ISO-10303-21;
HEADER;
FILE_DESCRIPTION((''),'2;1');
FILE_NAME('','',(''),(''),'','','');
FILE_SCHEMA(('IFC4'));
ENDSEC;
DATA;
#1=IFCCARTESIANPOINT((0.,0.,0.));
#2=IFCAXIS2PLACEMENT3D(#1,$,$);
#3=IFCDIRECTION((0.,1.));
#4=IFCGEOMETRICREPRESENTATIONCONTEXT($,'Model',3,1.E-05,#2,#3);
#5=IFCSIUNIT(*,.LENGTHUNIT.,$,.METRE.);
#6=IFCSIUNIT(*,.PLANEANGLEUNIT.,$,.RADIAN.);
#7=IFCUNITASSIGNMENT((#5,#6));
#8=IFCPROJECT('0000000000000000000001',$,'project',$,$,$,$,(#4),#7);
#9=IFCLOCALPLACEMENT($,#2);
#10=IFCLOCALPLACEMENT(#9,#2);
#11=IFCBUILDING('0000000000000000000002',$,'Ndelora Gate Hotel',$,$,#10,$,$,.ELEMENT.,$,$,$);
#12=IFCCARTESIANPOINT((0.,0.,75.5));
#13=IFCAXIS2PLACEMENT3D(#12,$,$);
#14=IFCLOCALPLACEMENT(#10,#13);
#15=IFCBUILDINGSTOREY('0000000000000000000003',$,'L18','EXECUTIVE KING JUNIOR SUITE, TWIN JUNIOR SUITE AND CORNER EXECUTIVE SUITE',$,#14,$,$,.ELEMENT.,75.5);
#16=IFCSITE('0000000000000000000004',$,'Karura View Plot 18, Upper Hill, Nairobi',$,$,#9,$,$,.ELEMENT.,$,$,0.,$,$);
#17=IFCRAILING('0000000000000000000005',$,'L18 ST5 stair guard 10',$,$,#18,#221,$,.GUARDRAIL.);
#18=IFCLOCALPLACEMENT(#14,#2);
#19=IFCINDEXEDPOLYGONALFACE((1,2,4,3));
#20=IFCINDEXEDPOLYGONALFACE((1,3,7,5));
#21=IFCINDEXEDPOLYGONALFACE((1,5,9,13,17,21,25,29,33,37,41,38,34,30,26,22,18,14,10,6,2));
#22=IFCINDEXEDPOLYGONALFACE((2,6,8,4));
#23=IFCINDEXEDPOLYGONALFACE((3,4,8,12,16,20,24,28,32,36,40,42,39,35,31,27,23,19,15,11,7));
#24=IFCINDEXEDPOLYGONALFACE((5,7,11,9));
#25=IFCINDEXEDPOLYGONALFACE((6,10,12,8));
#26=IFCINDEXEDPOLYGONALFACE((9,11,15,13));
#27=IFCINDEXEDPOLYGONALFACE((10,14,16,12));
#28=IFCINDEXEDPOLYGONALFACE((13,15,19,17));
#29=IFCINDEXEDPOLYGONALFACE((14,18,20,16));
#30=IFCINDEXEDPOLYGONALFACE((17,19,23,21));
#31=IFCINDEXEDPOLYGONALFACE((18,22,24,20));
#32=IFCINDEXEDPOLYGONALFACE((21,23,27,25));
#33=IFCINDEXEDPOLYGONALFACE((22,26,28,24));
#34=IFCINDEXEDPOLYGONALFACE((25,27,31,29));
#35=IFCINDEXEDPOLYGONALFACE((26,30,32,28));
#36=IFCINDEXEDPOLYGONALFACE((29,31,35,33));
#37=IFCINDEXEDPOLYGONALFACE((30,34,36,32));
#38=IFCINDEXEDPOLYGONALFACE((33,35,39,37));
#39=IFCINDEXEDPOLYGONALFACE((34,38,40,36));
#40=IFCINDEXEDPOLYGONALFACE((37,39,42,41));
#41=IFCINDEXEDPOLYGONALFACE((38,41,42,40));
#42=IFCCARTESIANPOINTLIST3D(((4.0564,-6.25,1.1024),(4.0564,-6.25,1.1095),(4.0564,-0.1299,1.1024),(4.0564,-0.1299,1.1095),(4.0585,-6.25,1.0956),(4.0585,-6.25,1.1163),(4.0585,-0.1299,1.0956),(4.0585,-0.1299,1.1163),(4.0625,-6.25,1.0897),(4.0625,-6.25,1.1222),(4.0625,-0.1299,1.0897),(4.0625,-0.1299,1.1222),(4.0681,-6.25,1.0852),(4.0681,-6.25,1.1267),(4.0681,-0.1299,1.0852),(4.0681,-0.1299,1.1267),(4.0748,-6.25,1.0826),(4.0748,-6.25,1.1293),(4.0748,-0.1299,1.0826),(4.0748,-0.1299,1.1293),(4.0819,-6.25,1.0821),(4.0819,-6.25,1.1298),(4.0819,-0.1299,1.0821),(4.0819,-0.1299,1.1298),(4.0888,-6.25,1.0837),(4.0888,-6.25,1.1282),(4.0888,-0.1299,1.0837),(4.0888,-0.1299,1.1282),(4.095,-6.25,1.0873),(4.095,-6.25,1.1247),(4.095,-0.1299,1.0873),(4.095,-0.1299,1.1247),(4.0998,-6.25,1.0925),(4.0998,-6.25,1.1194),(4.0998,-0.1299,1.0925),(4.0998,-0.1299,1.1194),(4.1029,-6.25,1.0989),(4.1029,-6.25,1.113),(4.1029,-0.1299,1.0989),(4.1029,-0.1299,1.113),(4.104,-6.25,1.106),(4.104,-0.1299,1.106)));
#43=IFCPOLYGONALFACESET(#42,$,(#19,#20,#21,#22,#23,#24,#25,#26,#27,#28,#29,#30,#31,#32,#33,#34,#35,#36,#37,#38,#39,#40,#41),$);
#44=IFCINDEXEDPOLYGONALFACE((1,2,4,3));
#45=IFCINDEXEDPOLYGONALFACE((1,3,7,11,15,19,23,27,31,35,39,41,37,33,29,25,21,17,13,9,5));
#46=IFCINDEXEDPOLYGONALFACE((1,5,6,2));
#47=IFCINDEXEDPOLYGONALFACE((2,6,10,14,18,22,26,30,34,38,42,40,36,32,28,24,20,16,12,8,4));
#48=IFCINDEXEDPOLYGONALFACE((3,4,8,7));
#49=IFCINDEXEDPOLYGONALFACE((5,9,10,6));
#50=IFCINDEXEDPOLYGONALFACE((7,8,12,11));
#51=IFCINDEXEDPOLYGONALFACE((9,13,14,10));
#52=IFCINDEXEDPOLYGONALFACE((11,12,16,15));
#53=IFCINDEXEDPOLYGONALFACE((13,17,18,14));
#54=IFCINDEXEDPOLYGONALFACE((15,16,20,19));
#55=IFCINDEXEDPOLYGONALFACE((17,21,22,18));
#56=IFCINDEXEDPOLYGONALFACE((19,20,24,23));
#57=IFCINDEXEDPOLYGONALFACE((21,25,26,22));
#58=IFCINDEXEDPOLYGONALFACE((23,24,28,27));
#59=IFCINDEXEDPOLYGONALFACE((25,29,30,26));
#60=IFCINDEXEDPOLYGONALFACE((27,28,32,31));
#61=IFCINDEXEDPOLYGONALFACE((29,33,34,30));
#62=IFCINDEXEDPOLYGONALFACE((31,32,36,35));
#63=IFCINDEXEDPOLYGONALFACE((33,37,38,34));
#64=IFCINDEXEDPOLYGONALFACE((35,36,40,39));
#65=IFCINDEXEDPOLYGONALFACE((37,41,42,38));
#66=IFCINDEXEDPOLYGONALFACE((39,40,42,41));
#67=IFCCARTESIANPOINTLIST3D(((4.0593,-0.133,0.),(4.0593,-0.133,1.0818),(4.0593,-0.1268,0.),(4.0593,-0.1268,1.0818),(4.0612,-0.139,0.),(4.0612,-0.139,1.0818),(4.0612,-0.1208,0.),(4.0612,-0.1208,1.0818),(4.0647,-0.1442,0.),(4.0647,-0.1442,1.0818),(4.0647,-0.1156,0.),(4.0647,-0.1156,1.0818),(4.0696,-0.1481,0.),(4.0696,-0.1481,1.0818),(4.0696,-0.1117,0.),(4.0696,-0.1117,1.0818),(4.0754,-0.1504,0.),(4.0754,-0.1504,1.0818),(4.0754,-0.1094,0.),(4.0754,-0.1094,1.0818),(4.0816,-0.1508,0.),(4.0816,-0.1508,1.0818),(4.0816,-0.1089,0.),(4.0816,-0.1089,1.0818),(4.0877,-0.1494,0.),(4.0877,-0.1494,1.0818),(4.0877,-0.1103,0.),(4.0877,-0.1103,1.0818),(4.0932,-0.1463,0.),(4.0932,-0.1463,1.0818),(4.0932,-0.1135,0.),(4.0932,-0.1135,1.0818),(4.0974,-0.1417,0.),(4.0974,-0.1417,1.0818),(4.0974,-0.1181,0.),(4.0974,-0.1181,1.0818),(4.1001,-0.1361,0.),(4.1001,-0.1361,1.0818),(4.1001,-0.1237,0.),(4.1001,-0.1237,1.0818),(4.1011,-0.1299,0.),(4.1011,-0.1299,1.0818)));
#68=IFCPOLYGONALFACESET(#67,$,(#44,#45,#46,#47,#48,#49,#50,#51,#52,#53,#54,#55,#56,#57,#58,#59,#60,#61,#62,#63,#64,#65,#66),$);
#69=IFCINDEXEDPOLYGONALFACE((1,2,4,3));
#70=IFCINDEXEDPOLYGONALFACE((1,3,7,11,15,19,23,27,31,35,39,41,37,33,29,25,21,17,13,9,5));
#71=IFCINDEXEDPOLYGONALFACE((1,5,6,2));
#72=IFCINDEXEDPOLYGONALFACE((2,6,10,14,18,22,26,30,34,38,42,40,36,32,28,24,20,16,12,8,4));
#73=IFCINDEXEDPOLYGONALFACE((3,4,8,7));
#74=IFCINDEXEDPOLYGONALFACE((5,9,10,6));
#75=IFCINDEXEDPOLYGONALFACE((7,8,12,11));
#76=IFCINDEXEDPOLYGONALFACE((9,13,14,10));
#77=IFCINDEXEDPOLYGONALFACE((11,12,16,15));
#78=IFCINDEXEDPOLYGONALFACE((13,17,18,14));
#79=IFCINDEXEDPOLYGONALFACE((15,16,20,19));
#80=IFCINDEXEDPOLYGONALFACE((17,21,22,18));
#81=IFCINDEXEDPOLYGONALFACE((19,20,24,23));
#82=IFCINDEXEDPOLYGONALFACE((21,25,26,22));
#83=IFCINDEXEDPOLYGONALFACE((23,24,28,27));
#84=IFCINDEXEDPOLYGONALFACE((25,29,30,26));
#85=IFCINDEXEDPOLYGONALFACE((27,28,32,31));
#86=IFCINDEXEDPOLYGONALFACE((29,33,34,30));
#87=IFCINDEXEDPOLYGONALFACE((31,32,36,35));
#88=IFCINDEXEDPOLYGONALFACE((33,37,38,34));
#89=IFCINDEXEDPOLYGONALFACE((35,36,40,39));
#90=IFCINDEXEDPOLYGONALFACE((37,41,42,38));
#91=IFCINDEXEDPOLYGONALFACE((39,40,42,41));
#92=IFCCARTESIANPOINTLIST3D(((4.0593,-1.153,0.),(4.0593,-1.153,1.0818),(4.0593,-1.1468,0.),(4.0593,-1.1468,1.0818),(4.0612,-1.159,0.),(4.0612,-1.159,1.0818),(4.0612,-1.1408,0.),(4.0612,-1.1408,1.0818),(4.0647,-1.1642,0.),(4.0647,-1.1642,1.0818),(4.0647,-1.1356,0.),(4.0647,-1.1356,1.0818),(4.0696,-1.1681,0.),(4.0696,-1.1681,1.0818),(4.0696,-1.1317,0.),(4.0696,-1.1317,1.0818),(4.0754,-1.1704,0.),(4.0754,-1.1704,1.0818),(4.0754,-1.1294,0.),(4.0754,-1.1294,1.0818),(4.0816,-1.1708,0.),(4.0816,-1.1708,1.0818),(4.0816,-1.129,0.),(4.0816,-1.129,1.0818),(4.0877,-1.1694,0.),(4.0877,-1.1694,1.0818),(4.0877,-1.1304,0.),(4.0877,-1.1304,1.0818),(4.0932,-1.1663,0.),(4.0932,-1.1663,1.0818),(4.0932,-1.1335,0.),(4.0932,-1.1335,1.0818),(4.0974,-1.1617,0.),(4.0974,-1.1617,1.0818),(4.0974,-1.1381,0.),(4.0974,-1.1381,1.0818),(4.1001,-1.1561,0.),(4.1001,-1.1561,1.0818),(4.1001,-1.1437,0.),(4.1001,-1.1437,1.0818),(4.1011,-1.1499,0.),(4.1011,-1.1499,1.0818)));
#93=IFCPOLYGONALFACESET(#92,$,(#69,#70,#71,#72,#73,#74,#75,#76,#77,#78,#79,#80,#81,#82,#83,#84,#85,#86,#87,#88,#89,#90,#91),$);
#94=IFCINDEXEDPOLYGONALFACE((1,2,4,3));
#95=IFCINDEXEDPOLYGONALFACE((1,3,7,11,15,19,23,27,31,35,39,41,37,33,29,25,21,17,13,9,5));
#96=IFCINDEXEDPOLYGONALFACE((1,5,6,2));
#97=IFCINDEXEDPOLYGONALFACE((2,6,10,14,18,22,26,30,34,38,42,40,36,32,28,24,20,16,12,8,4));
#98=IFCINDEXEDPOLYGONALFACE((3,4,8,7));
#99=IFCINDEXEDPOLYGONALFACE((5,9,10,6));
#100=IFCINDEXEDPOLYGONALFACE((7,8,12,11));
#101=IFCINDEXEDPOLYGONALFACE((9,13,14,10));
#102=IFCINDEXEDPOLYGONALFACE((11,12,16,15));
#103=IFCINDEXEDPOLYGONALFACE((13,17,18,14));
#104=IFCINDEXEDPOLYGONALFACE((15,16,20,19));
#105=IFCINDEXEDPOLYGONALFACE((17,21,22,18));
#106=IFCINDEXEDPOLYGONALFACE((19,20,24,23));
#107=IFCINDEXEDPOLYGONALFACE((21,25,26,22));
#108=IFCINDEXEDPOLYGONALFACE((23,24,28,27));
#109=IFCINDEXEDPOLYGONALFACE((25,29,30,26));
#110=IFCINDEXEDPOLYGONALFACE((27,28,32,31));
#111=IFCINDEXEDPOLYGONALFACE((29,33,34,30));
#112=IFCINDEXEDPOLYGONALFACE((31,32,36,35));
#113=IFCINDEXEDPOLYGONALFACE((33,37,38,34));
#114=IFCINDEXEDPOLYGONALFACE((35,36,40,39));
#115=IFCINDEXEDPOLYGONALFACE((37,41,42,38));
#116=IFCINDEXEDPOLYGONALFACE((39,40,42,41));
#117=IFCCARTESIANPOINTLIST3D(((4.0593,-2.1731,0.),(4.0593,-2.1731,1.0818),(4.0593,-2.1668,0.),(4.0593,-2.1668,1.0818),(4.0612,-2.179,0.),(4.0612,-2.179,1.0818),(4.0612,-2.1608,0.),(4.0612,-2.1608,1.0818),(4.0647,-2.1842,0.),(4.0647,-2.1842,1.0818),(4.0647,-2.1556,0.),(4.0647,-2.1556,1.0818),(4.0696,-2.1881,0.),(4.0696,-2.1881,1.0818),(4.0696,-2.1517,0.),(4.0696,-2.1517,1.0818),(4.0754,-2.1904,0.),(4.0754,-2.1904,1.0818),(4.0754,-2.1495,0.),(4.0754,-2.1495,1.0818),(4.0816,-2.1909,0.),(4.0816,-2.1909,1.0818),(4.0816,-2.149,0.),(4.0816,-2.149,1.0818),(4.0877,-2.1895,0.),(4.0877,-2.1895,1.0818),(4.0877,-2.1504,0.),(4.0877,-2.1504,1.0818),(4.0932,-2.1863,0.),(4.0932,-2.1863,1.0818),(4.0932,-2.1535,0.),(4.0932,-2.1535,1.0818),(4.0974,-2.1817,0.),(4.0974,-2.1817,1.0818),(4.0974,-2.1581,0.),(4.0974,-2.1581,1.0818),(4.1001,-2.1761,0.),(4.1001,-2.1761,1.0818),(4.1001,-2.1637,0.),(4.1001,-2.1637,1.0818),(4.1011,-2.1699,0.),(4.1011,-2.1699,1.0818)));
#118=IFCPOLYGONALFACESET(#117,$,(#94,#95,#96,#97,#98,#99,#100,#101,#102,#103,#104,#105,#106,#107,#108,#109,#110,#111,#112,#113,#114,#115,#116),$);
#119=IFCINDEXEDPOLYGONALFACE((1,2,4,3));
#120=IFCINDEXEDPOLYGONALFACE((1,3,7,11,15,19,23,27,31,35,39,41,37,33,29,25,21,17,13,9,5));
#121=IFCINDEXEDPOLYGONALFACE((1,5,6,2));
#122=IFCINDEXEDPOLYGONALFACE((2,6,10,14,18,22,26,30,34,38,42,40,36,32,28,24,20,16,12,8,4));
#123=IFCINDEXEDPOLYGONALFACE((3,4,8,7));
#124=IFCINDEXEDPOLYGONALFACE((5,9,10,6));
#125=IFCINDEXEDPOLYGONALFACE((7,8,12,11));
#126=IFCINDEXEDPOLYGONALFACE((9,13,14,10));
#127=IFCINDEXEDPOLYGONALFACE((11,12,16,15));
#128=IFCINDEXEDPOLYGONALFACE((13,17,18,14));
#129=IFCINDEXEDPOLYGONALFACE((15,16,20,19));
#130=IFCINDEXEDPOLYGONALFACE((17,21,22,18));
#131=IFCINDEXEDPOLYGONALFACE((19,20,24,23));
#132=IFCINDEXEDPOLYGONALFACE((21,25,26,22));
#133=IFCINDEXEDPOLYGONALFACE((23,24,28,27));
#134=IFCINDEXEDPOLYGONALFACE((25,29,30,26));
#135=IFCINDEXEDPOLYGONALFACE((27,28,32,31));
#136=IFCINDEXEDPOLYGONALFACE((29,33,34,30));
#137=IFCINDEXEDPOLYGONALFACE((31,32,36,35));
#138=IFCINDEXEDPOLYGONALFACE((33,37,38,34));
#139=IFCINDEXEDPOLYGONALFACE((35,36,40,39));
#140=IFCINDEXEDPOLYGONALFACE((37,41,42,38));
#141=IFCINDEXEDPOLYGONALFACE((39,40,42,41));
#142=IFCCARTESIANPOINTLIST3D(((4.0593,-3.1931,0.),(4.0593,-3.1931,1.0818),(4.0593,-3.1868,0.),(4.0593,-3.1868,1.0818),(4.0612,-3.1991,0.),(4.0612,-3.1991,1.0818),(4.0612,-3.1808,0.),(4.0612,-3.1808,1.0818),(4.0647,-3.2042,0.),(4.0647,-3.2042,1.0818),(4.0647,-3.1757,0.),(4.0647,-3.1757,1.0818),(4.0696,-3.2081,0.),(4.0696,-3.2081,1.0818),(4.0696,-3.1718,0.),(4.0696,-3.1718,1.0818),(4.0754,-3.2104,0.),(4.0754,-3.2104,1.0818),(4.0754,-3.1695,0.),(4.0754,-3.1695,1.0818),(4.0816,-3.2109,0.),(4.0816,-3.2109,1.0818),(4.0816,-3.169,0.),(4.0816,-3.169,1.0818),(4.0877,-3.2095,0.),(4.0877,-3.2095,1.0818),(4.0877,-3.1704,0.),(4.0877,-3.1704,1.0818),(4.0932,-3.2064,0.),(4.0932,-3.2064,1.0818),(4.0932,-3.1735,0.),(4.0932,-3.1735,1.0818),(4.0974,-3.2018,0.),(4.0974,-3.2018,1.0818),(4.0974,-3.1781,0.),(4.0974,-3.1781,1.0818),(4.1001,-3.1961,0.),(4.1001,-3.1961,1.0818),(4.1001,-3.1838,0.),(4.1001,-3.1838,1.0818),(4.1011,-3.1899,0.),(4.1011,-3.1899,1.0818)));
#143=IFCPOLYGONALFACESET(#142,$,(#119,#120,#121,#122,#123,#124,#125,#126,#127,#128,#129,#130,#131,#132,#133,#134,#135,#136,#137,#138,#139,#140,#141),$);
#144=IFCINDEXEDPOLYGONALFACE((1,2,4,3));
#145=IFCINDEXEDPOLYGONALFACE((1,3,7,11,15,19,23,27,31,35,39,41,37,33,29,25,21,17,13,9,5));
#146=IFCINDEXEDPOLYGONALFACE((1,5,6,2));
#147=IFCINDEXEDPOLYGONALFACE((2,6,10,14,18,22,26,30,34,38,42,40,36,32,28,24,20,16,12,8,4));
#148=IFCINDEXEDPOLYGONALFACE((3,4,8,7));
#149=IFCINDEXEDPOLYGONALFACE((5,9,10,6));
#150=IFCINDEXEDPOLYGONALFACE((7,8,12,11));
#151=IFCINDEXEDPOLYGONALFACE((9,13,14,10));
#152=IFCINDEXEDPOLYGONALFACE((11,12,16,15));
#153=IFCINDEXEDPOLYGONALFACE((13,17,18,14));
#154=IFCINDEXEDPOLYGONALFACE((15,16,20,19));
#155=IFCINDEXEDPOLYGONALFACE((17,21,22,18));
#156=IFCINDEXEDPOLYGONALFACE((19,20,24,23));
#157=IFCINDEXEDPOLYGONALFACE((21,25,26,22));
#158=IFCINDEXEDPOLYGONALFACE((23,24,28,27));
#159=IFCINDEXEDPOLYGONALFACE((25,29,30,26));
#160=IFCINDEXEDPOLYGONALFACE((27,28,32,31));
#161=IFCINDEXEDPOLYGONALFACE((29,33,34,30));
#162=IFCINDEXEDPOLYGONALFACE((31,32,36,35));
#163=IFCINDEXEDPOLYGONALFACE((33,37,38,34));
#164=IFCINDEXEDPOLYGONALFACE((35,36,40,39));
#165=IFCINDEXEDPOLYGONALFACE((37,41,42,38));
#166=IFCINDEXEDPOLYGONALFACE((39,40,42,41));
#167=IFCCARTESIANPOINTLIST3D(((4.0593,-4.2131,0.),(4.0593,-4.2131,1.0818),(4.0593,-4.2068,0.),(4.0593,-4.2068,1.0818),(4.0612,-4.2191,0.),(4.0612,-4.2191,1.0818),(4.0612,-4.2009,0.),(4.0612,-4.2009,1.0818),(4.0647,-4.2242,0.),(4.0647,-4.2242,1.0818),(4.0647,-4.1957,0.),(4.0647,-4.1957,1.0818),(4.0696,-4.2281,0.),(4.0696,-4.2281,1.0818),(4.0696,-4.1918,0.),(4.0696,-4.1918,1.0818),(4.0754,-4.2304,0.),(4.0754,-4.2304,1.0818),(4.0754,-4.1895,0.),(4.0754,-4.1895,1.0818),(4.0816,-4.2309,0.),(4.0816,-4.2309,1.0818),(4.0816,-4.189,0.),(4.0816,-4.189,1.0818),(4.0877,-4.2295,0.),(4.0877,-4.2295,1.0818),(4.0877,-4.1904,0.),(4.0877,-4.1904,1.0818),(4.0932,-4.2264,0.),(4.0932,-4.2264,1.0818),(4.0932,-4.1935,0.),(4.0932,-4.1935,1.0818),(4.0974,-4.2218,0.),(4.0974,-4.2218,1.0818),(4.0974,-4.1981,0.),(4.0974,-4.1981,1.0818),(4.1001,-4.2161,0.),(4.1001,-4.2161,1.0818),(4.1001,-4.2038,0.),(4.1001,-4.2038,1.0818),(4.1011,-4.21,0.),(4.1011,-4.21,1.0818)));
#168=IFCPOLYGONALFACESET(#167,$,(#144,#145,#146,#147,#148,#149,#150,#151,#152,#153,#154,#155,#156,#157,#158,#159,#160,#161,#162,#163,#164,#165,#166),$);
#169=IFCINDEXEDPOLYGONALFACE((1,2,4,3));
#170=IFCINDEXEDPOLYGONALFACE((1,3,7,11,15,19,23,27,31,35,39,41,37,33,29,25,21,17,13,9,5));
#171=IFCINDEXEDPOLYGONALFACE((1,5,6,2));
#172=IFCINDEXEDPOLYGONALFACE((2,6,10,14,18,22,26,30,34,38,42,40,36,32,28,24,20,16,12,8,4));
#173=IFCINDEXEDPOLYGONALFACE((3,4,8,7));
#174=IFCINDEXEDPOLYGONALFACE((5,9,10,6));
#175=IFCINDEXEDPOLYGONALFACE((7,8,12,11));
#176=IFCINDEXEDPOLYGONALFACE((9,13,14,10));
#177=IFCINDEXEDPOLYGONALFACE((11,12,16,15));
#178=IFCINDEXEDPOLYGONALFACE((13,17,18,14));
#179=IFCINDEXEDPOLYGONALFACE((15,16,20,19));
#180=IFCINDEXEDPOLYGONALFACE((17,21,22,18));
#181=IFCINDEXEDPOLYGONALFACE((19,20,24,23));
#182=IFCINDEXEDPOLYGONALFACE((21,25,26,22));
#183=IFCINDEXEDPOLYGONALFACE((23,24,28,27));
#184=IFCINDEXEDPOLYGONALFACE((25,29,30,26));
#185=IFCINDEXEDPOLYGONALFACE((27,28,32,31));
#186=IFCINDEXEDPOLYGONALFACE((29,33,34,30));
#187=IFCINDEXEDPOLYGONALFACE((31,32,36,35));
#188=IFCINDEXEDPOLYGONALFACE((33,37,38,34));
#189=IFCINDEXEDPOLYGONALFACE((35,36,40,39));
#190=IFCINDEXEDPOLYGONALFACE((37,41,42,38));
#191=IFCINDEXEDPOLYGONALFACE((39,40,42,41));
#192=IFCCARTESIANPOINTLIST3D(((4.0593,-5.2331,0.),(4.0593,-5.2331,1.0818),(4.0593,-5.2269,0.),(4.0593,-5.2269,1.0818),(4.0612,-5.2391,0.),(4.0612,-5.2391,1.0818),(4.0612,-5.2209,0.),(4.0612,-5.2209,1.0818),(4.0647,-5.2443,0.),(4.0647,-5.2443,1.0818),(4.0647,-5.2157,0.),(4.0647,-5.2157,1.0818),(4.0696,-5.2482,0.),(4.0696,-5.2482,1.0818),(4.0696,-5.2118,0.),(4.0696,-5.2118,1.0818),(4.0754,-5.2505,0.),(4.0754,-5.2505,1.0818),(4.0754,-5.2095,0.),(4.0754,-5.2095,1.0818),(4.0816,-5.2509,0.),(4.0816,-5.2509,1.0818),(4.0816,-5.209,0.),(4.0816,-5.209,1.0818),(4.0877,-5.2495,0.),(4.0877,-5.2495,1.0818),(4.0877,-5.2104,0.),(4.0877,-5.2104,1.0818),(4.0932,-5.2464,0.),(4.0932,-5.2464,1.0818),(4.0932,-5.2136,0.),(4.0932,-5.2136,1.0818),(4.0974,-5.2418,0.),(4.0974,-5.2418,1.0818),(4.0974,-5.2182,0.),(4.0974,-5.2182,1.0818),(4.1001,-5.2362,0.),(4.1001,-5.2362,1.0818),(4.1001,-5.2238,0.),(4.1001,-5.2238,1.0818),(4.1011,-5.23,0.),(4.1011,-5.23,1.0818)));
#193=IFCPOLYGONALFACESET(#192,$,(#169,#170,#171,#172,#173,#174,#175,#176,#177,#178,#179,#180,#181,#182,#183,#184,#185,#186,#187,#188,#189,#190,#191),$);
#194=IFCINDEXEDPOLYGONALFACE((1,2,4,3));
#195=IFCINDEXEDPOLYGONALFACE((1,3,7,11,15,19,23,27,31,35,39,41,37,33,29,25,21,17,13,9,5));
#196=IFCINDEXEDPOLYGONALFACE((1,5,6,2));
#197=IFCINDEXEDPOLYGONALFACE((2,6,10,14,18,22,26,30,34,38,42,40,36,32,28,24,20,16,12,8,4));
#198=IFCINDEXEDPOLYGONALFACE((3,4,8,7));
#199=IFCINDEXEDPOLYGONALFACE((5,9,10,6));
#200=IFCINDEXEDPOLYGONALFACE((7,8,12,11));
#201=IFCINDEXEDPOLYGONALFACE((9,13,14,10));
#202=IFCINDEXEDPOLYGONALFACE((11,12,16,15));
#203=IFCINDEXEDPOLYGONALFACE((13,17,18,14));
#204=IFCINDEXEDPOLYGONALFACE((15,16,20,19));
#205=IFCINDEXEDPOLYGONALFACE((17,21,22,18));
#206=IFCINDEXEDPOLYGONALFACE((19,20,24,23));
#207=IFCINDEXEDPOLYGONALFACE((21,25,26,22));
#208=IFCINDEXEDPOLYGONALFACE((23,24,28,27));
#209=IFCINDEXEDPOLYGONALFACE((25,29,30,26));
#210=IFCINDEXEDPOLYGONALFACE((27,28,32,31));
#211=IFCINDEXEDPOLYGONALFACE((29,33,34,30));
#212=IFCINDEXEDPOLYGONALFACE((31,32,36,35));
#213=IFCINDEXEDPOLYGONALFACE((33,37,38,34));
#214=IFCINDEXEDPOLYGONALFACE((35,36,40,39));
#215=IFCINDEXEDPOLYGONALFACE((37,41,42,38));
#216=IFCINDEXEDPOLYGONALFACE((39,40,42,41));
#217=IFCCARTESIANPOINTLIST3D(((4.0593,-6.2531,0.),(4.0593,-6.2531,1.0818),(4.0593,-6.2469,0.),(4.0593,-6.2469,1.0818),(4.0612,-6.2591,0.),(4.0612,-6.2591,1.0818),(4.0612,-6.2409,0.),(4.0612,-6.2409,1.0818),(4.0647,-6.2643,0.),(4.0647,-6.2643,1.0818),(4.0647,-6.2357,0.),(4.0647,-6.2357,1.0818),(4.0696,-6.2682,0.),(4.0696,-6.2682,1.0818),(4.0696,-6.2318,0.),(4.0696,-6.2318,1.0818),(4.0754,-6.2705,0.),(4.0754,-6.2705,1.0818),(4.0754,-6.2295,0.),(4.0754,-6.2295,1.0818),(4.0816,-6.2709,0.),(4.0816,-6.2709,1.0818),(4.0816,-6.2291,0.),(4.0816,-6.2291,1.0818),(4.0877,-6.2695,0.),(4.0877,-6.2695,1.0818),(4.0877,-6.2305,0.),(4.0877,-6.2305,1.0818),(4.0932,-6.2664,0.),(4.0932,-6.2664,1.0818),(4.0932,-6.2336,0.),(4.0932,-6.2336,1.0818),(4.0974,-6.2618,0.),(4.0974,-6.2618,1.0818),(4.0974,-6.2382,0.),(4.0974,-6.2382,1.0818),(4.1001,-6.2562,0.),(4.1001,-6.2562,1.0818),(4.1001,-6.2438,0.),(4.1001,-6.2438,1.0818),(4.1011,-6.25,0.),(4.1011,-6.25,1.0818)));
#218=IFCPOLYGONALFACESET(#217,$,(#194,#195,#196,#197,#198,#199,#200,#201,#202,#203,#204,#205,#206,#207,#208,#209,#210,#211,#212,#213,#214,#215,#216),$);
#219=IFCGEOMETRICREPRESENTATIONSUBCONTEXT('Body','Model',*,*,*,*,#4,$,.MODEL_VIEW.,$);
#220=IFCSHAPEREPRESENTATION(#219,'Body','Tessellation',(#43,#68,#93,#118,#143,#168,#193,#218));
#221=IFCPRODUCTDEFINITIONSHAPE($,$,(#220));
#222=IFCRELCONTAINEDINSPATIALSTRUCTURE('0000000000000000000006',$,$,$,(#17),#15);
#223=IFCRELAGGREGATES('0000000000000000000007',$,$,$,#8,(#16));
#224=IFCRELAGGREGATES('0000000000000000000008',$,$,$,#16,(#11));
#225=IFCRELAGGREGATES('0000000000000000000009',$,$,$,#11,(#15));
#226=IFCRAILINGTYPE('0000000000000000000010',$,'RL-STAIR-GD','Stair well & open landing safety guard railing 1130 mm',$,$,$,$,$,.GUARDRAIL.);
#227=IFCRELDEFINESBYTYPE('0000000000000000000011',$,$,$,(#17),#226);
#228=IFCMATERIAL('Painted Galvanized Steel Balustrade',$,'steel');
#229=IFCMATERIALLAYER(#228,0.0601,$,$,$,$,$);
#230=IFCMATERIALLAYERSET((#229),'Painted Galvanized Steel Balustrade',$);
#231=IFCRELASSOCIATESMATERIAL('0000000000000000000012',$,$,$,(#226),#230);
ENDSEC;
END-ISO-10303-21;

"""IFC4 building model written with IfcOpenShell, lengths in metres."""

from ifc_helpers import new_model, si_unit, direction, frame, origin, origin_2d, place, context, subcontext, project, spatial, circle, extrude, material, layer, layer_set, type_object, element, save


model = new_model("IFC4")

# Units and contexts
model_context = context("Model", 3, precision=1e-05, world=origin(), true_north=direction((0.0, 1.0)))
body_context = subcontext(model_context, "Body", "Model", "MODEL_VIEW")
ifc_project = project(units=[si_unit("LENGTHUNIT", "METRE"), si_unit("PLANEANGLEUNIT", "RADIAN")], contexts=[model_context])

# Site, building, storey
site_placement = place(None, origin())
site = spatial("IfcSite", under=ifc_project, at=site_placement, Name="Karura View Plot 18, Upper Hill, Nairobi", CompositionType="ELEMENT", RefElevation=0.0)
building_placement = place(site_placement, origin())
building = spatial("IfcBuilding", under=site, at=building_placement, Name="Ndelora Gate Hotel", CompositionType="ELEMENT")
storey_placement = place(building_placement, frame((0.0, 0.0, 75.5)))
storey = spatial("IfcBuildingStorey", under=building, at=storey_placement, Name="L18", Description="EXECUTIVE KING JUNIOR SUITE, TWIN JUNIOR SUITE AND CORNER EXECUTIVE SUITE", CompositionType="ELEMENT", Elevation=75.5)

# Railing
ifc_material_1 = material(Name="Painted Galvanized Steel Balustrade", Category="steel")
ifc_layer_1 = layer(ifc_material_1, 0.0601)
ifc_layer_set_1 = layer_set([ifc_layer_1], Name="Painted Galvanized Steel Balustrade")
railing_type_1 = type_object("IfcRailingType", Name="RL-STAIR-GD", Description="Stair well & open landing safety guard railing 1130 mm", PredefinedType="GUARDRAIL", material=ifc_layer_set_1)
railing_1_placement = place(storey_placement, frame((4.0801, -0.1299, 0.0)))
element("IfcRailing", 1, at=railing_1_placement, inside=storey, type_object=railing_type_1, Name="L18 ST5 stair guard 10", PredefinedType="GUARDRAIL", context=body_context, shape_type="SweptSolid", body=[
    extrude(circle(Radius=0.0239, at=origin_2d()), frame((0.0, 0.0, 1.106), z_axis=(0.0, -1.0, 0.0), x_axis=(1.0, 0.0, 0.0)), (0.0, 0.0, 1.0), 6.1201),
    extrude(circle(Radius=0.021, at=origin_2d()), origin(), (0.0, 0.0, 1.0), 1.0818),
    extrude(circle(Radius=0.021, at=origin_2d()), frame((0.0, -1.02, 0.0)), (0.0, 0.0, 1.0), 1.0818),
    extrude(circle(Radius=0.021, at=origin_2d()), frame((0.0, -2.04, 0.0)), (0.0, 0.0, 1.0), 1.0818),
    extrude(circle(Radius=0.021, at=origin_2d()), frame((0.0, -3.0601, 0.0)), (0.0, 0.0, 1.0), 1.0818),
    extrude(circle(Radius=0.021, at=origin_2d()), frame((0.0, -4.0801, 0.0)), (0.0, 0.0, 1.0), 1.0818),
    extrude(circle(Radius=0.021, at=origin_2d()), frame((0.0, -5.1001, 0.0)), (0.0, 0.0, 1.0), 1.0818),
    extrude(circle(Radius=0.021, at=origin_2d()), frame((0.0, -6.1201, 0.0)), (0.0, 0.0, 1.0), 1.0818),
])

save(model, "model.ifc")
